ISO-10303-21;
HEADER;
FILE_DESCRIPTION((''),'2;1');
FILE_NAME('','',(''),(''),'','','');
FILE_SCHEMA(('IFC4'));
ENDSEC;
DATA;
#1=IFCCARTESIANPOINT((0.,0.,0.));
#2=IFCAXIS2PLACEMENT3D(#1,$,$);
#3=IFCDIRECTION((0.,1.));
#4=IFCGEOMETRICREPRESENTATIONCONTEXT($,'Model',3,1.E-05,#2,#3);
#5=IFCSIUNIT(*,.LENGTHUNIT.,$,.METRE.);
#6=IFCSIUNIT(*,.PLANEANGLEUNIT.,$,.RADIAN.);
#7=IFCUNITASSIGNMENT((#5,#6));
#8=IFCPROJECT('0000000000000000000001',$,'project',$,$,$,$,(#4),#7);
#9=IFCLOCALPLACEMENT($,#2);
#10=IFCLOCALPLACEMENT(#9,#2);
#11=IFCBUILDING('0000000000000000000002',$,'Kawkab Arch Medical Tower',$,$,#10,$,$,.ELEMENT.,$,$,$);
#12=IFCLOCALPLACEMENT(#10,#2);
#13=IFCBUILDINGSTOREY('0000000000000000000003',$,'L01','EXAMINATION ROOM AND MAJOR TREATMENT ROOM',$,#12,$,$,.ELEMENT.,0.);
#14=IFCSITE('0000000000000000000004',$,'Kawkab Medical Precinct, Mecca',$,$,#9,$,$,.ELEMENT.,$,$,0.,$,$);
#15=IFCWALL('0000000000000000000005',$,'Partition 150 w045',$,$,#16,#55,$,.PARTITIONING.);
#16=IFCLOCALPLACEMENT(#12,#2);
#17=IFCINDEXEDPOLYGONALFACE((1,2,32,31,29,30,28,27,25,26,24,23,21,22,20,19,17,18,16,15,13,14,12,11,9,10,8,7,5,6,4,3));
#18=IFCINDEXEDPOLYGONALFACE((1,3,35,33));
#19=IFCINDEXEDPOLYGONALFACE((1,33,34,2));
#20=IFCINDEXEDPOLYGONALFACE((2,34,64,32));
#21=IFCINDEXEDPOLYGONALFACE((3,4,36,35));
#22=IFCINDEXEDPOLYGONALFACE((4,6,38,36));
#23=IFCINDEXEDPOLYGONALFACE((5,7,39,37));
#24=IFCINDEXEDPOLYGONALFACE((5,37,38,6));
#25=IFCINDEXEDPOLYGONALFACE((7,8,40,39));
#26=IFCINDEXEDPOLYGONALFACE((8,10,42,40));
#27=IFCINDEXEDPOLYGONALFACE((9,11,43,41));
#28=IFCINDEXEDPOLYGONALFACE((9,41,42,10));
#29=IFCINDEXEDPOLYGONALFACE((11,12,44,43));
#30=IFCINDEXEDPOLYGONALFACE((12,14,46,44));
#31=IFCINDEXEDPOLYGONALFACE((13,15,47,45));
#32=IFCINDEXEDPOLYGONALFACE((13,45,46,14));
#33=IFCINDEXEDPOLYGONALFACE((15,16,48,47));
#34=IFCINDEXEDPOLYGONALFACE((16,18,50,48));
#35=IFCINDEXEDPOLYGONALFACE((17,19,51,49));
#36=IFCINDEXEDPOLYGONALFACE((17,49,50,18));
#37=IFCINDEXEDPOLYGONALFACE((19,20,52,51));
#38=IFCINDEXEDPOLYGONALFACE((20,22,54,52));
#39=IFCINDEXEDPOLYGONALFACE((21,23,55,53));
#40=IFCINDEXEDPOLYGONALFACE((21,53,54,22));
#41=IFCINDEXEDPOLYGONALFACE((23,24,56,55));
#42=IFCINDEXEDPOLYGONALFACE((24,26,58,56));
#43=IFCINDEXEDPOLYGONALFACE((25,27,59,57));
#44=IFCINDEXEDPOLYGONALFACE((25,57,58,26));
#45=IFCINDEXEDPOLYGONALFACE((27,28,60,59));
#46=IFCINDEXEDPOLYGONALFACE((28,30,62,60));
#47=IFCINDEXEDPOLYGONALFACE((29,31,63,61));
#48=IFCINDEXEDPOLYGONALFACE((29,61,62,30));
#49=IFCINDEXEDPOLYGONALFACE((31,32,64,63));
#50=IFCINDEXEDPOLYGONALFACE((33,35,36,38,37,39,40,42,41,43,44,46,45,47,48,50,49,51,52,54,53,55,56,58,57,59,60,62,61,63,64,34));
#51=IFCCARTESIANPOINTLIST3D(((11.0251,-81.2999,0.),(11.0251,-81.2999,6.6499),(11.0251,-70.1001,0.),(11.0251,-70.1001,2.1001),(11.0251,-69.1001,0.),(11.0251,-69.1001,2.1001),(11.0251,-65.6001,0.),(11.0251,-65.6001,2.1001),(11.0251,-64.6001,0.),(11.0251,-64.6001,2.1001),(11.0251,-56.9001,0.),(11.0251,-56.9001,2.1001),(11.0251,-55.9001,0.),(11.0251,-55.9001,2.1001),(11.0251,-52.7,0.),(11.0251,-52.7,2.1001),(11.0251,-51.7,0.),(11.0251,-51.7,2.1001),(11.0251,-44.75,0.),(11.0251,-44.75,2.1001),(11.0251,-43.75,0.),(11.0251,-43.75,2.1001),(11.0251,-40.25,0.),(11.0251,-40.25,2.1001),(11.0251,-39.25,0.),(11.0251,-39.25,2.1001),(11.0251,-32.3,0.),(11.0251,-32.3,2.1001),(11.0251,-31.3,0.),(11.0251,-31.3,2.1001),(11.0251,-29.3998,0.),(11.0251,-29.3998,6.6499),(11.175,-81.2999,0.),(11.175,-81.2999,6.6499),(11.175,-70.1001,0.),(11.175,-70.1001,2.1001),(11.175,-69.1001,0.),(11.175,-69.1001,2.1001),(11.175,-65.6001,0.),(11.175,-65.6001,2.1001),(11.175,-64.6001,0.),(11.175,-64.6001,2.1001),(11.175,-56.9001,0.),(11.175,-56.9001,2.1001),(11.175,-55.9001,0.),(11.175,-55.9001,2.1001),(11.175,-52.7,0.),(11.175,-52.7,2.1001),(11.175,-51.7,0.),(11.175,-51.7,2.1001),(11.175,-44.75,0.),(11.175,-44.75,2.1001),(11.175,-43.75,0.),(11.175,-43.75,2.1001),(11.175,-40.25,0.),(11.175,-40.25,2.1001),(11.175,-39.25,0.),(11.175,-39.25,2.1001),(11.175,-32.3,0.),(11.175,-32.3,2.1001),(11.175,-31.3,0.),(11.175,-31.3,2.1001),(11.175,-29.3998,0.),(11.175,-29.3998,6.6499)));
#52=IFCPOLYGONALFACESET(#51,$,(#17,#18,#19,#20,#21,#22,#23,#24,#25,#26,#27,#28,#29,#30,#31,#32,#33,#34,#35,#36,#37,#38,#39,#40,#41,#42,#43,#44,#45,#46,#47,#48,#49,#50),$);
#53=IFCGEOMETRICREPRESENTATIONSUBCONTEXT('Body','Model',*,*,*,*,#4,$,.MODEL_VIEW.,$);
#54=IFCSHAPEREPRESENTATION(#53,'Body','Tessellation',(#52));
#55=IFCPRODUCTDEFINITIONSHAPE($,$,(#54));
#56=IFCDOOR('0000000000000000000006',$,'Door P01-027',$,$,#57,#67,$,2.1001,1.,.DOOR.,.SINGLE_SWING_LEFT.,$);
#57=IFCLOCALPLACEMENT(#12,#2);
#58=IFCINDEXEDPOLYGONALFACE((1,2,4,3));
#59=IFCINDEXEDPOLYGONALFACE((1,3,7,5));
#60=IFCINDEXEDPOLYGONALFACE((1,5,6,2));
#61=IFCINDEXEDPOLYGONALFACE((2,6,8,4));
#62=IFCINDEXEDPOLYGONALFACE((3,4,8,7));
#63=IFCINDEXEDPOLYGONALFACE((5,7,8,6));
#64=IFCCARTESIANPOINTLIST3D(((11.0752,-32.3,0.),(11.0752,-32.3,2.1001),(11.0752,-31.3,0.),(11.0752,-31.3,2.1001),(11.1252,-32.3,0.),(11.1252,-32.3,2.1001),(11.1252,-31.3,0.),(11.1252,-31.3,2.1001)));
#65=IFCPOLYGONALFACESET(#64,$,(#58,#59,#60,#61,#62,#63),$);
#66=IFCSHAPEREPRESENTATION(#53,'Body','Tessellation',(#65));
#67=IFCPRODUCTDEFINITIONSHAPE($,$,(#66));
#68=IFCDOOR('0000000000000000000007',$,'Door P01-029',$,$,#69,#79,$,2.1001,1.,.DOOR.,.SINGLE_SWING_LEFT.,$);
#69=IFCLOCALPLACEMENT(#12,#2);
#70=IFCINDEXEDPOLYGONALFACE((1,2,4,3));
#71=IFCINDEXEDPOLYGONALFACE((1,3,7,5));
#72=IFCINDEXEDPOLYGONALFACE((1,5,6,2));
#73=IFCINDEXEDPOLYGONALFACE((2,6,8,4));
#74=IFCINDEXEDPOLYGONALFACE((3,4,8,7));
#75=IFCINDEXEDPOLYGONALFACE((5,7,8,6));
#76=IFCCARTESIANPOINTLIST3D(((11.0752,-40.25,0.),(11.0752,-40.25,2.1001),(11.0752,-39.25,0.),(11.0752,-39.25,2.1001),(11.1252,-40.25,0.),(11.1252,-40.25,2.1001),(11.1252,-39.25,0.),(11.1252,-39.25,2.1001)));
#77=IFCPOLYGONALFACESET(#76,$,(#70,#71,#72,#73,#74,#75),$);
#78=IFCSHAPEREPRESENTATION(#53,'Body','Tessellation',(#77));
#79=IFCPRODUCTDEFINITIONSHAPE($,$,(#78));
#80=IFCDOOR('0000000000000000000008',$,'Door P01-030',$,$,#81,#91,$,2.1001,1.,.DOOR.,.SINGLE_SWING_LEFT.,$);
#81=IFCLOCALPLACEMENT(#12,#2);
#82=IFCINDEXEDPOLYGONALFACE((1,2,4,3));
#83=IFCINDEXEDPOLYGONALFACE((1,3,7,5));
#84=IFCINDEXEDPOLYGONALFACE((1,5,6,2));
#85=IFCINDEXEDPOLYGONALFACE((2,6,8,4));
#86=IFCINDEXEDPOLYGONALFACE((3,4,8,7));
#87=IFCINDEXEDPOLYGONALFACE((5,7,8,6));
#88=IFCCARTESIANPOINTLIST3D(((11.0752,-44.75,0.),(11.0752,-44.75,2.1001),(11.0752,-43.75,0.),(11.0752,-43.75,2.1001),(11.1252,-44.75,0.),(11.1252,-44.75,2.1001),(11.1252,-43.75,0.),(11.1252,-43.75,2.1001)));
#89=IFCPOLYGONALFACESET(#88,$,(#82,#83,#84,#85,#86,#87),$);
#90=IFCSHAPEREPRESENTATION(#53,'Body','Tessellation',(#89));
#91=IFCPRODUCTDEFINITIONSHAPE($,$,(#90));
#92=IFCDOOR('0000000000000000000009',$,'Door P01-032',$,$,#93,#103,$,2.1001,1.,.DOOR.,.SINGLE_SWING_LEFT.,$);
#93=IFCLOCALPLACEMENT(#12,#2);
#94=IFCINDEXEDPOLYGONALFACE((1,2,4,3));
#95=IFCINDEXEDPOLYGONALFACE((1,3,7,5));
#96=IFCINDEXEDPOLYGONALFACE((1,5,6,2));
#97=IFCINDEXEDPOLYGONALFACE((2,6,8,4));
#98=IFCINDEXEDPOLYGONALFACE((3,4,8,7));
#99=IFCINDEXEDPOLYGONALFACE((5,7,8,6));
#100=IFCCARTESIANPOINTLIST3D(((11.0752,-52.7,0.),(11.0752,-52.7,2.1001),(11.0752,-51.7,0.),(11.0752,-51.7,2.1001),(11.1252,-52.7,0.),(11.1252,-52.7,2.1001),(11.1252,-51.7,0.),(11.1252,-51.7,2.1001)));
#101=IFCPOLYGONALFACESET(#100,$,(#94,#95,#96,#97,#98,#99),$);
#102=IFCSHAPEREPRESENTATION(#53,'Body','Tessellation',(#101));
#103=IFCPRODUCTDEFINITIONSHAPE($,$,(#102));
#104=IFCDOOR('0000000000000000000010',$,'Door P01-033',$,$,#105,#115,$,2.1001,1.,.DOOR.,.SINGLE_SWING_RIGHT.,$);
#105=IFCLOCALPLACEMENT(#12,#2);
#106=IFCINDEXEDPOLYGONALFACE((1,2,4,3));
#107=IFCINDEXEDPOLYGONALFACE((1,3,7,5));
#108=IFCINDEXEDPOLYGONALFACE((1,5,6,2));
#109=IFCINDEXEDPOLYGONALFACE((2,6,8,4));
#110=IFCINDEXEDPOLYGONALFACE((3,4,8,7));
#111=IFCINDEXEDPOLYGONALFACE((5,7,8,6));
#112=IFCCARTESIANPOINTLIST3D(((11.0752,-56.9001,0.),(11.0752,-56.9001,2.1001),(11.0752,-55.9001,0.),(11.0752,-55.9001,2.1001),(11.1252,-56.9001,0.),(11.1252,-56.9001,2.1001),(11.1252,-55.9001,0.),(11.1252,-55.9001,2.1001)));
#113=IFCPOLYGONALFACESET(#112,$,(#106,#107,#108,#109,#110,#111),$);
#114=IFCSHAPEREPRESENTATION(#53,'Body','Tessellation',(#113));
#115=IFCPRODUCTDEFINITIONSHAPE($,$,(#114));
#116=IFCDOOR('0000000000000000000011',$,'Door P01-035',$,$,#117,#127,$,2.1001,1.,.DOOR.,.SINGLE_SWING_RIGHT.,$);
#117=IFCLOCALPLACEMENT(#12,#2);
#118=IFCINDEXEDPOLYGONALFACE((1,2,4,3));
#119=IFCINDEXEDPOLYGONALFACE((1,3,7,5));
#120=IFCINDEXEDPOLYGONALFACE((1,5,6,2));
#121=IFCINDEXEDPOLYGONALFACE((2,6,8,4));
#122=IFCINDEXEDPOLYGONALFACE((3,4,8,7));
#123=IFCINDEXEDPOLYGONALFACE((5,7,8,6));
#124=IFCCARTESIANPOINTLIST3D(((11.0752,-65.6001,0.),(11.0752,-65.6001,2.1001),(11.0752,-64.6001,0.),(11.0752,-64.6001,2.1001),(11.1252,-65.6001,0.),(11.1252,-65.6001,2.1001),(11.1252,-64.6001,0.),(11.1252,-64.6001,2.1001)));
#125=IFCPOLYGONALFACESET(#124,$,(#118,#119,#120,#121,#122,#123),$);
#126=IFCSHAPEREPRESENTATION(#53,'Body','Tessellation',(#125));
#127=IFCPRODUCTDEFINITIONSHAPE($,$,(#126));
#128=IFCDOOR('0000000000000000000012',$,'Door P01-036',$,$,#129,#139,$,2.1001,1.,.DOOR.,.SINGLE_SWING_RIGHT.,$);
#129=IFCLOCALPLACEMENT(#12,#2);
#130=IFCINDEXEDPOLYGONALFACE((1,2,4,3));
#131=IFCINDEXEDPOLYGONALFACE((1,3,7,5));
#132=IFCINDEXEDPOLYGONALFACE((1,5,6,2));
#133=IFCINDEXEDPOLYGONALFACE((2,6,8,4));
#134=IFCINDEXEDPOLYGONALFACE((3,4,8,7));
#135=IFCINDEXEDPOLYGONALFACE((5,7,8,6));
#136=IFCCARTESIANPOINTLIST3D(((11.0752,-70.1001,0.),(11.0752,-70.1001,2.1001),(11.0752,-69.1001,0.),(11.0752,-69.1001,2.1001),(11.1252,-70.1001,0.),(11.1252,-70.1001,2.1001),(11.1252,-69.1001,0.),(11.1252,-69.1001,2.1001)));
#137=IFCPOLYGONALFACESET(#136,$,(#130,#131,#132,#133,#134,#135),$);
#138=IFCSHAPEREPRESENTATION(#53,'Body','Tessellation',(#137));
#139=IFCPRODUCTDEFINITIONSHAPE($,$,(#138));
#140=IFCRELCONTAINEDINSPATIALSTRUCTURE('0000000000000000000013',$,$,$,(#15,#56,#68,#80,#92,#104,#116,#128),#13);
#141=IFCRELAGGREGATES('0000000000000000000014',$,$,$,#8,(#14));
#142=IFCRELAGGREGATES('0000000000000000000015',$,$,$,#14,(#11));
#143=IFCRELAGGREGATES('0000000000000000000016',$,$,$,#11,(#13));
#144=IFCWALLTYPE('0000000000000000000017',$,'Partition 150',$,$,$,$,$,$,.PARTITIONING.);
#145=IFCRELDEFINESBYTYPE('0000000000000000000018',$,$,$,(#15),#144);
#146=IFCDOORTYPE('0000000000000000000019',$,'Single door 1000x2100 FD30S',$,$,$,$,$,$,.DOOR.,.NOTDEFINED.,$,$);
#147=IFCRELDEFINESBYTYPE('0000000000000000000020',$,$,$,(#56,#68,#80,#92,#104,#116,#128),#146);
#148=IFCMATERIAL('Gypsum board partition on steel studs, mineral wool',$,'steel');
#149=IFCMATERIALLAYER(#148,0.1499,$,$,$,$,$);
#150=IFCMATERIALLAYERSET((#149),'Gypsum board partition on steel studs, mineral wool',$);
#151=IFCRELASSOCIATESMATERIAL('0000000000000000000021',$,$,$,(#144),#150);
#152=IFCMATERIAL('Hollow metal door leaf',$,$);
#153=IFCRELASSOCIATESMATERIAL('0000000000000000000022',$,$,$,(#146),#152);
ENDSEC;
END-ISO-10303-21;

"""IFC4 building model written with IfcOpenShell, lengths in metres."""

from ifc_helpers import new_model, si_unit, direction, frame, frame_2d, origin, place, context, subcontext, project, spatial, rectangle, extrude, material, layer, layer_set, type_object, element, fill, save


model = new_model("IFC4")

# Units and contexts
model_context = context("Model", 3, precision=1e-05, world=origin(), true_north=direction((0.0, 1.0)))
body_context = subcontext(model_context, "Body", "Model", "MODEL_VIEW")
ifc_project = project(units=[si_unit("LENGTHUNIT", "METRE"), si_unit("PLANEANGLEUNIT", "RADIAN")], contexts=[model_context])

# Site, building, storey
site_placement = place(None, origin())
site = spatial("IfcSite", under=ifc_project, at=site_placement, Name="Kawkab Medical Precinct, Mecca", CompositionType="ELEMENT", RefElevation=0.0)
building_placement = place(site_placement, origin())
building = spatial("IfcBuilding", under=site, at=building_placement, Name="Kawkab Arch Medical Tower", CompositionType="ELEMENT")
storey_placement = place(building_placement, origin())
storey = spatial("IfcBuildingStorey", under=building, at=storey_placement, Name="L01", Description="EXAMINATION ROOM AND MAJOR TREATMENT ROOM", CompositionType="ELEMENT", Elevation=0.0)

# Shared definitions
ifc_material_1 = material(Name="Gypsum board partition on steel studs, mineral wool", Category="steel")
ifc_layer_1 = layer(ifc_material_1, 0.1499)
ifc_layer_set_1 = layer_set([ifc_layer_1], Name="Gypsum board partition on steel studs, mineral wool")
wall_type_1 = type_object("IfcWallType", Name="Partition 150", PredefinedType="PARTITIONING", material=ifc_layer_set_1)
ifc_material_2 = material(Name="Hollow metal door leaf")
door_type_1 = type_object("IfcDoorType", Name="Single door 1000x2100 FD30S", OperationType="NOTDEFINED", PredefinedType="DOOR", material=ifc_material_2)

# Wall, openings, doors
wall_1_placement = place(storey_placement, frame((11.1001, -81.3, 0.0), z_axis=(0.0, 0.0, 1.0), x_axis=(0.0, 1.0, 0.0)))
wall_1 = element("IfcWall", 1, at=wall_1_placement, inside=storey, type_object=wall_type_1, Name="Partition 150 w045", PredefinedType="PARTITIONING", context=body_context, shape_type="SweptSolid", body=[
    extrude(rectangle(XDim=51.9001, YDim=0.1499, at=frame_2d((25.9502, 0.0))), origin(), (0.0, 0.0, 1.0), 6.6499),
])
opening_1_placement = place(wall_1_placement, frame((49.0, 0.0, 0.0)))
opening_1 = element("IfcOpeningElement", 2, at=opening_1_placement, cuts=wall_1, PredefinedType="OPENING", context=body_context, shape_type="SweptSolid", body=[
    extrude(rectangle(XDim=1.0, YDim=2.1001, at=frame_2d((0.5, 1.05))), frame((0.0, 0.085, 0.0), z_axis=(0.0, -1.0, 0.0), x_axis=(1.0, 0.0, 0.0)), (0.0, 0.0, 1.0), 0.1699),
])
opening_2_placement = place(wall_1_placement, frame((41.05, 0.0, 0.0)))
opening_2 = element("IfcOpeningElement", 3, at=opening_2_placement, cuts=wall_1, PredefinedType="OPENING", context=body_context, shape_type="SweptSolid", body=[
    extrude(rectangle(XDim=1.0, YDim=2.1001, at=frame_2d((0.5, 1.05))), frame((0.0, 0.085, 0.0), z_axis=(0.0, -1.0, 0.0), x_axis=(1.0, 0.0, 0.0)), (0.0, 0.0, 1.0), 0.1699),
])
opening_3_placement = place(wall_1_placement, frame((36.55, 0.0, 0.0)))
opening_3 = element("IfcOpeningElement", 4, at=opening_3_placement, cuts=wall_1, PredefinedType="OPENING", context=body_context, shape_type="SweptSolid", body=[
    extrude(rectangle(XDim=1.0, YDim=2.1001, at=frame_2d((0.5, 1.05))), frame((0.0, 0.085, 0.0), z_axis=(0.0, -1.0, 0.0), x_axis=(1.0, 0.0, 0.0)), (0.0, 0.0, 1.0), 0.1699),
])
opening_4_placement = place(wall_1_placement, frame((28.6001, 0.0, 0.0)))
opening_4 = element("IfcOpeningElement", 5, at=opening_4_placement, cuts=wall_1, PredefinedType="OPENING", context=body_context, shape_type="SweptSolid", body=[
    extrude(rectangle(XDim=1.0, YDim=2.1001, at=frame_2d((0.5, 1.05))), frame((0.0, 0.085, 0.0), z_axis=(0.0, -1.0, 0.0), x_axis=(1.0, 0.0, 0.0)), (0.0, 0.0, 1.0), 0.1699),
])
opening_5_placement = place(wall_1_placement, frame((24.3999, 0.0, 0.0)))
opening_5 = element("IfcOpeningElement", 6, at=opening_5_placement, cuts=wall_1, PredefinedType="OPENING", context=body_context, shape_type="SweptSolid", body=[
    extrude(rectangle(XDim=1.0, YDim=2.1001, at=frame_2d((0.5, 1.05))), frame((0.0, 0.085, 0.0), z_axis=(0.0, -1.0, 0.0), x_axis=(1.0, 0.0, 0.0)), (0.0, 0.0, 1.0), 0.1699),
])
opening_6_placement = place(wall_1_placement, frame((15.7, 0.0, 0.0)))
opening_6 = element("IfcOpeningElement", 7, at=opening_6_placement, cuts=wall_1, PredefinedType="OPENING", context=body_context, shape_type="SweptSolid", body=[
    extrude(rectangle(XDim=1.0, YDim=2.1001, at=frame_2d((0.5, 1.05))), frame((0.0, 0.085, 0.0), z_axis=(0.0, -1.0, 0.0), x_axis=(1.0, 0.0, 0.0)), (0.0, 0.0, 1.0), 0.1699),
])
opening_7_placement = place(wall_1_placement, frame((11.2, 0.0, 0.0)))
opening_7 = element("IfcOpeningElement", 8, at=opening_7_placement, cuts=wall_1, PredefinedType="OPENING", context=body_context, shape_type="SweptSolid", body=[
    extrude(rectangle(XDim=1.0, YDim=2.1001, at=frame_2d((0.5, 1.05))), frame((0.0, 0.085, 0.0), z_axis=(0.0, -1.0, 0.0), x_axis=(1.0, 0.0, 0.0)), (0.0, 0.0, 1.0), 0.1699),
])
door_1_placement = place(opening_1_placement, origin())
door_1 = element("IfcDoor", 9, at=door_1_placement, inside=storey, type_object=door_type_1, Name="Door P01-027", OperationType="SINGLE_SWING_LEFT", OverallHeight=2.1001, OverallWidth=1.0, PredefinedType="DOOR", context=body_context, shape_type="SweptSolid", body=[
    extrude(rectangle(XDim=1.0, YDim=2.1001, at=frame_2d((0.5, 1.05))), frame((0.0, 0.0249, 0.0), z_axis=(0.0, -1.0, 0.0), x_axis=(1.0, 0.0, 0.0)), (0.0, 0.0, 1.0), 0.05),
])
fill(opening_1, door_1)
door_2_placement = place(opening_2_placement, origin())
door_2 = element("IfcDoor", 10, at=door_2_placement, inside=storey, type_object=door_type_1, Name="Door P01-029", OperationType="SINGLE_SWING_LEFT", OverallHeight=2.1001, OverallWidth=1.0, PredefinedType="DOOR", context=body_context, shape_type="SweptSolid", body=[
    extrude(rectangle(XDim=1.0, YDim=2.1001, at=frame_2d((0.5, 1.05))), frame((0.0, 0.0249, 0.0), z_axis=(0.0, -1.0, 0.0), x_axis=(1.0, 0.0, 0.0)), (0.0, 0.0, 1.0), 0.05),
])
fill(opening_2, door_2)
door_3_placement = place(opening_3_placement, origin())
door_3 = element("IfcDoor", 11, at=door_3_placement, inside=storey, type_object=door_type_1, Name="Door P01-030", OperationType="SINGLE_SWING_LEFT", OverallHeight=2.1001, OverallWidth=1.0, PredefinedType="DOOR", context=body_context, shape_type="SweptSolid", body=[
    extrude(rectangle(XDim=1.0, YDim=2.1001, at=frame_2d((0.5, 1.05))), frame((0.0, 0.0249, 0.0), z_axis=(0.0, -1.0, 0.0), x_axis=(1.0, 0.0, 0.0)), (0.0, 0.0, 1.0), 0.05),
])
fill(opening_3, door_3)
door_4_placement = place(opening_4_placement, origin())
door_4 = element("IfcDoor", 12, at=door_4_placement, inside=storey, type_object=door_type_1, Name="Door P01-032", OperationType="SINGLE_SWING_LEFT", OverallHeight=2.1001, OverallWidth=1.0, PredefinedType="DOOR", context=body_context, shape_type="SweptSolid", body=[
    extrude(rectangle(XDim=1.0, YDim=2.1001, at=frame_2d((0.5, 1.05))), frame((0.0, 0.0249, 0.0), z_axis=(0.0, -1.0, 0.0), x_axis=(1.0, 0.0, 0.0)), (0.0, 0.0, 1.0), 0.05),
])
fill(opening_4, door_4)
door_5_placement = place(opening_5_placement, origin())
door_5 = element("IfcDoor", 13, at=door_5_placement, inside=storey, type_object=door_type_1, Name="Door P01-033", OperationType="SINGLE_SWING_RIGHT", OverallHeight=2.1001, OverallWidth=1.0, PredefinedType="DOOR", context=body_context, shape_type="SweptSolid", body=[
    extrude(rectangle(XDim=1.0, YDim=2.1001, at=frame_2d((0.5, 1.05))), frame((0.0, 0.0249, 0.0), z_axis=(0.0, -1.0, 0.0), x_axis=(1.0, 0.0, 0.0)), (0.0, 0.0, 1.0), 0.05),
])
fill(opening_5, door_5)
door_6_placement = place(opening_6_placement, origin())
door_6 = element("IfcDoor", 14, at=door_6_placement, inside=storey, type_object=door_type_1, Name="Door P01-035", OperationType="SINGLE_SWING_RIGHT", OverallHeight=2.1001, OverallWidth=1.0, PredefinedType="DOOR", context=body_context, shape_type="SweptSolid", body=[
    extrude(rectangle(XDim=1.0, YDim=2.1001, at=frame_2d((0.5, 1.05))), frame((0.0, 0.0249, 0.0), z_axis=(0.0, -1.0, 0.0), x_axis=(1.0, 0.0, 0.0)), (0.0, 0.0, 1.0), 0.05),
])
fill(opening_6, door_6)
door_7_placement = place(opening_7_placement, origin())
door_7 = element("IfcDoor", 15, at=door_7_placement, inside=storey, type_object=door_type_1, Name="Door P01-036", OperationType="SINGLE_SWING_RIGHT", OverallHeight=2.1001, OverallWidth=1.0, PredefinedType="DOOR", context=body_context, shape_type="SweptSolid", body=[
    extrude(rectangle(XDim=1.0, YDim=2.1001, at=frame_2d((0.5, 1.05))), frame((0.0, 0.0249, 0.0), z_axis=(0.0, -1.0, 0.0), x_axis=(1.0, 0.0, 0.0)), (0.0, 0.0, 1.0), 0.05),
])
fill(opening_7, door_7)

save(model, "model.ifc")
